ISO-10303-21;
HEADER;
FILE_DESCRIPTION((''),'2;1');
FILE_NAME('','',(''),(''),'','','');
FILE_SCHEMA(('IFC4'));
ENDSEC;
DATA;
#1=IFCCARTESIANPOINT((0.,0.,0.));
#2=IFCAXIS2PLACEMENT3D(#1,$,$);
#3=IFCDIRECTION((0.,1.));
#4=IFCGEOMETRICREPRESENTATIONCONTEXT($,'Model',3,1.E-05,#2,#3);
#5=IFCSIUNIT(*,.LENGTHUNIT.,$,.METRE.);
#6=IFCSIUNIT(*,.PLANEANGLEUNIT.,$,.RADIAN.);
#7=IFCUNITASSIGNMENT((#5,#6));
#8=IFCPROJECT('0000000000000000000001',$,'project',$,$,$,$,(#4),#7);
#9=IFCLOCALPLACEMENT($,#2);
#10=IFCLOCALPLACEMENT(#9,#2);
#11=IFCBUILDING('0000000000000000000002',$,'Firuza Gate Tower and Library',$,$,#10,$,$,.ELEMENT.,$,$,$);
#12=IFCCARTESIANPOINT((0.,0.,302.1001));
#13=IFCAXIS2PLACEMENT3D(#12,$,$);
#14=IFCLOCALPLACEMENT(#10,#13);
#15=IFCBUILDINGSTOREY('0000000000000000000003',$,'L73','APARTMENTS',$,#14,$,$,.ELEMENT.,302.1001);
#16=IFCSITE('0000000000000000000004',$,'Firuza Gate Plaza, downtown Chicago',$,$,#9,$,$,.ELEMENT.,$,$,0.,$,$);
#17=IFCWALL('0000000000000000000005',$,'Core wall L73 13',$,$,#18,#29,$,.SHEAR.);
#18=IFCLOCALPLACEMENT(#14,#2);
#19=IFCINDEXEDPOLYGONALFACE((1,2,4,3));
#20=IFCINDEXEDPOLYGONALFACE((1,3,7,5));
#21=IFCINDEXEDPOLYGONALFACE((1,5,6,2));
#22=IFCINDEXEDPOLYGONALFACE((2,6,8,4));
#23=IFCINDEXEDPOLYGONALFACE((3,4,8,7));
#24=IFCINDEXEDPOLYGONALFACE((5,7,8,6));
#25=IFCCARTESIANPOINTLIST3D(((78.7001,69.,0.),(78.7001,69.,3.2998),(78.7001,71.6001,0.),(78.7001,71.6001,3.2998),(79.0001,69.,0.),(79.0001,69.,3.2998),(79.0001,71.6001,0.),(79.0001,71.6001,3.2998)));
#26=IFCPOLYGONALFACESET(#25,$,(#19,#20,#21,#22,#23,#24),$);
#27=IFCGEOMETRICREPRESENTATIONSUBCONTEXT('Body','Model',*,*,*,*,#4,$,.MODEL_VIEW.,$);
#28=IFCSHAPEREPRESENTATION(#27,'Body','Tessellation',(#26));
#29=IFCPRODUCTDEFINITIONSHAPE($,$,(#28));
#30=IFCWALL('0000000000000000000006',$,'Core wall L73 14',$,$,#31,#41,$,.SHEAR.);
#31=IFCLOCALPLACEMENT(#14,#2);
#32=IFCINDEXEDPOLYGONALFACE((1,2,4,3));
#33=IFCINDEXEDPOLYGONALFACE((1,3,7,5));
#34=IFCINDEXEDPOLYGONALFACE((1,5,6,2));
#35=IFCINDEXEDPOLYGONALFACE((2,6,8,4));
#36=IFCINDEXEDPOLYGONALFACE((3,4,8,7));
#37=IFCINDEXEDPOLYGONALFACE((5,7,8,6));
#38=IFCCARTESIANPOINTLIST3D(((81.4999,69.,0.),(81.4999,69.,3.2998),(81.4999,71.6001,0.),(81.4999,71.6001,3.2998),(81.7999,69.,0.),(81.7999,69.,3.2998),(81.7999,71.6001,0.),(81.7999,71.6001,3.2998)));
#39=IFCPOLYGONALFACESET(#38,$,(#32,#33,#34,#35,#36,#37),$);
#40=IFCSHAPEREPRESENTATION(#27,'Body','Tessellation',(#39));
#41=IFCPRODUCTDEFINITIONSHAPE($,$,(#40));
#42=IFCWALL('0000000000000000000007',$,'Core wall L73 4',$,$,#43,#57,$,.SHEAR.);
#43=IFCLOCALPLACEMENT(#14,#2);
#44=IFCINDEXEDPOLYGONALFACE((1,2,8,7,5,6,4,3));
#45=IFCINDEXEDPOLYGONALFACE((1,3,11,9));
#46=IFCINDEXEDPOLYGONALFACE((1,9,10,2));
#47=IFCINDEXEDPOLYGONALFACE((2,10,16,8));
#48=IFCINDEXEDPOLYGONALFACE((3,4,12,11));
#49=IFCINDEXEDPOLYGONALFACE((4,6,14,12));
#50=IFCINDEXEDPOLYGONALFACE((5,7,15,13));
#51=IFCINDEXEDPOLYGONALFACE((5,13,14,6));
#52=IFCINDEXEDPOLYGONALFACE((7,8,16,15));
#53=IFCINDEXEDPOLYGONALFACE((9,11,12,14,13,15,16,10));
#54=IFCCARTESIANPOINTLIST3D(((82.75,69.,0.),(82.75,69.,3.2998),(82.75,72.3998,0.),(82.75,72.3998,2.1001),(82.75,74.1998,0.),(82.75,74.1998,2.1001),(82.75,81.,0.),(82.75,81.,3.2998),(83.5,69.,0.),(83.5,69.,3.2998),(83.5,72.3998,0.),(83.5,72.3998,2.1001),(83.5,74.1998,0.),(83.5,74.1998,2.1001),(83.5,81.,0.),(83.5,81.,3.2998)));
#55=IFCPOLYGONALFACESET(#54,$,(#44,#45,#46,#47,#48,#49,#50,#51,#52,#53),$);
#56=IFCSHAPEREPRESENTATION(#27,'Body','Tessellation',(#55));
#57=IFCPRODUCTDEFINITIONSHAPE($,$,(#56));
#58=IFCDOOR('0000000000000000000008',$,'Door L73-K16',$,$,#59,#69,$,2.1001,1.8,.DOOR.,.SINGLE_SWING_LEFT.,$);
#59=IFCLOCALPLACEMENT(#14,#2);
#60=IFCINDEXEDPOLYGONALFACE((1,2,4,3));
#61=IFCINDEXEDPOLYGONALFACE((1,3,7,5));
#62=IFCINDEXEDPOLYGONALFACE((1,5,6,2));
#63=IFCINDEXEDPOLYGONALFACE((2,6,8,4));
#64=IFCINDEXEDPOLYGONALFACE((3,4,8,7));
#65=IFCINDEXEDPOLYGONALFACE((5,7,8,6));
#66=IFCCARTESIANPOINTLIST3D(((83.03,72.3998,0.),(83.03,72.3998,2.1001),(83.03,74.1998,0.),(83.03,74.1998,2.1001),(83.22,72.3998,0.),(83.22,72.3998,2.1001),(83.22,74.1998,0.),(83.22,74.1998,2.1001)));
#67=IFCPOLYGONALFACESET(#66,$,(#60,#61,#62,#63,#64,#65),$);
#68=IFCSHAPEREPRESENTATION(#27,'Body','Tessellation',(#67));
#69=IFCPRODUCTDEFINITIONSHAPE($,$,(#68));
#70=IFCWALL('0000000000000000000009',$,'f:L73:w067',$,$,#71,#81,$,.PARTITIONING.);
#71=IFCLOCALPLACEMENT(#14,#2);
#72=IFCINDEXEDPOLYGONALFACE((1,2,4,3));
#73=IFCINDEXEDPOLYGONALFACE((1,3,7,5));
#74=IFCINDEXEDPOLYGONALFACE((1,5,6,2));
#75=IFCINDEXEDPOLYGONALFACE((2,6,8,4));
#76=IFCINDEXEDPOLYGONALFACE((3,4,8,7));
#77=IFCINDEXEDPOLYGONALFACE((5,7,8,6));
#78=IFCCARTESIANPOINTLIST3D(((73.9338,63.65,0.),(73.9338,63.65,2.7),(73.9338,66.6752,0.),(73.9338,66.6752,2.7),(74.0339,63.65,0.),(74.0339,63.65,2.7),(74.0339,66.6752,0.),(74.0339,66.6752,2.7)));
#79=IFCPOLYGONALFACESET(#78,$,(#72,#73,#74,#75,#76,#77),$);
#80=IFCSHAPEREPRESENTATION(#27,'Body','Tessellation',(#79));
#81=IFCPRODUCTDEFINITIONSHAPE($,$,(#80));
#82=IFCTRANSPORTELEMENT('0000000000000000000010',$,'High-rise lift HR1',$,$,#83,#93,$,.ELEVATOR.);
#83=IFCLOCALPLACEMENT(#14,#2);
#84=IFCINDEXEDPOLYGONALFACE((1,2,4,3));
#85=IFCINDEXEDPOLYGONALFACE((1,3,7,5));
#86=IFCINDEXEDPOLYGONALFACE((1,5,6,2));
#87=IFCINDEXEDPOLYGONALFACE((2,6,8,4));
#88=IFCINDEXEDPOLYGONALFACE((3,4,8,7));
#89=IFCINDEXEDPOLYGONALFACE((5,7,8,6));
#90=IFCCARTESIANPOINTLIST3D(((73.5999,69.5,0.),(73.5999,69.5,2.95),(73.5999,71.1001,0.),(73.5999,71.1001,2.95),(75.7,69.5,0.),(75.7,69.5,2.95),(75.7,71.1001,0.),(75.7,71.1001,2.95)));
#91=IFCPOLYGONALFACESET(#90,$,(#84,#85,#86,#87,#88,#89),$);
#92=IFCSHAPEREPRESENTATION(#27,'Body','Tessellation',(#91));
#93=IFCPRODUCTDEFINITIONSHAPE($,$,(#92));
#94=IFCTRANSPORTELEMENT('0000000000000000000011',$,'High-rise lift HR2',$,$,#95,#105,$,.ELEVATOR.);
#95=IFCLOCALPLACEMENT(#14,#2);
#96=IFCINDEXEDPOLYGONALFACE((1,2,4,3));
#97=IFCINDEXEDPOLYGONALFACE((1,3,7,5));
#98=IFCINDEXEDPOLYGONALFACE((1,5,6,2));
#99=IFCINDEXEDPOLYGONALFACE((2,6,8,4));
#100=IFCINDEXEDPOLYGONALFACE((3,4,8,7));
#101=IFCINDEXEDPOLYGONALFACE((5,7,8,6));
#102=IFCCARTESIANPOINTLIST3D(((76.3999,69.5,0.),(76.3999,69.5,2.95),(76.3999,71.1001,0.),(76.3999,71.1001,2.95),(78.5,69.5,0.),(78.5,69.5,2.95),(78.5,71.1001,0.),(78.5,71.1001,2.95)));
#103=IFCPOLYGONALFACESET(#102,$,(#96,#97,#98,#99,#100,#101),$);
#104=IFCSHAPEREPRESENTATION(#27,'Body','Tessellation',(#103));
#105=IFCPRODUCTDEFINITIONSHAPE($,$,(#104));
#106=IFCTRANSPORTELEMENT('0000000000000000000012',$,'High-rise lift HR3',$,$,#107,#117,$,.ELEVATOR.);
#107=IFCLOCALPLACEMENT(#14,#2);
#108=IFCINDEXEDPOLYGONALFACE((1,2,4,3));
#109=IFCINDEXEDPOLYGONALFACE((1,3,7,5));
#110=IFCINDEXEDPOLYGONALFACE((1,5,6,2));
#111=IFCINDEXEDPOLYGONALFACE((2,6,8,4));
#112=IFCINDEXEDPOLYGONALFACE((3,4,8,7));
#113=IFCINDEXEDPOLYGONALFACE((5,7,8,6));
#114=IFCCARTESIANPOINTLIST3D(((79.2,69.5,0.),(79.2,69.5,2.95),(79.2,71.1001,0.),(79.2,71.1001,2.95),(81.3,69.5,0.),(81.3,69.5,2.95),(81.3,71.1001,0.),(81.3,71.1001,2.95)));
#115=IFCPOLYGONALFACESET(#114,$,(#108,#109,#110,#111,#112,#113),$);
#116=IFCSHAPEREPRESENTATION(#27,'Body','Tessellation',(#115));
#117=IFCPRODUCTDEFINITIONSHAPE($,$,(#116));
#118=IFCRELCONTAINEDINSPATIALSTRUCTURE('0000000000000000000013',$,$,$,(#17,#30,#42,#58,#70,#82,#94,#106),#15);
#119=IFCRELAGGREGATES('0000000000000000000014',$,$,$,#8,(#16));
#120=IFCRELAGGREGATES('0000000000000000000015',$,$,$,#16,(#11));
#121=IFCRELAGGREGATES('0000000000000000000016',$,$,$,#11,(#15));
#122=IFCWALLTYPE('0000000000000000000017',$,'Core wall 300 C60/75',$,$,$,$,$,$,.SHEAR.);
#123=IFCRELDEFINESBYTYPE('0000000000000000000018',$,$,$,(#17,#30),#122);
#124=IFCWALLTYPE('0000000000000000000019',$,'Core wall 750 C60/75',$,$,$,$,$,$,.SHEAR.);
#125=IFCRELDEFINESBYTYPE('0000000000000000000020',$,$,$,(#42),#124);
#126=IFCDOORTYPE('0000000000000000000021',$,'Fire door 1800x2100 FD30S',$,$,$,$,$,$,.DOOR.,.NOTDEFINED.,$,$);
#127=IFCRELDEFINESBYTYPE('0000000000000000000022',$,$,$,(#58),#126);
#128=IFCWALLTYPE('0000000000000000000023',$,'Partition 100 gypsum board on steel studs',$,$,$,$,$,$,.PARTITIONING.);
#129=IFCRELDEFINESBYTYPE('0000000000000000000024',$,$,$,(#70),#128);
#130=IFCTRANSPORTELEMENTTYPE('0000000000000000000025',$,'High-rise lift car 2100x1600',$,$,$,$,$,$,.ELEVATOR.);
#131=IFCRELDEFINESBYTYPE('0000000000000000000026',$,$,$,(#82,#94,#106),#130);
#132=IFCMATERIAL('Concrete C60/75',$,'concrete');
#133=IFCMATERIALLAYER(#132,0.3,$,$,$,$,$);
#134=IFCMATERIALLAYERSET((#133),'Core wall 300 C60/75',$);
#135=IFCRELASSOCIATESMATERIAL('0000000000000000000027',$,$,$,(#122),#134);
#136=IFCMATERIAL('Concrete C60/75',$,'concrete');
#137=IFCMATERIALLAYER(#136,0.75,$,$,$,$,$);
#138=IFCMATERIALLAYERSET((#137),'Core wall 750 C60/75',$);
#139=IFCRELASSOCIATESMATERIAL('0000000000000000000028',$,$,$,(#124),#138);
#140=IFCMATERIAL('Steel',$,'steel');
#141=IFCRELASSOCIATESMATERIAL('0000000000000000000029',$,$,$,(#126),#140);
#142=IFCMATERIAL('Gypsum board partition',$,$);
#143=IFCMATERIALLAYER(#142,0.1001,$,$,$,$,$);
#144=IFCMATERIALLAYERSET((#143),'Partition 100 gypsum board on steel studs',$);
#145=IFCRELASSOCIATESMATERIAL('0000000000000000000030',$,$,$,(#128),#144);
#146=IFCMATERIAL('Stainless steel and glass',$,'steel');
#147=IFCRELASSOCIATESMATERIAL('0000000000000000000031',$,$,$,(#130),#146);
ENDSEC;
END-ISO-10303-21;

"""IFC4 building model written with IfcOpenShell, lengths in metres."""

from ifc_helpers import new_model, si_unit, direction, frame, frame_2d, origin, origin_2d, place, context, subcontext, project, spatial, rectangle, extrude, material, layer, layer_set, type_object, element, fill, save


model = new_model("IFC4")

# Units and contexts
model_context = context("Model", 3, precision=1e-05, world=origin(), true_north=direction((0.0, 1.0)))
body_context = subcontext(model_context, "Body", "Model", "MODEL_VIEW")
ifc_project = project(units=[si_unit("LENGTHUNIT", "METRE"), si_unit("PLANEANGLEUNIT", "RADIAN")], contexts=[model_context])

# Site, building, storey
site_placement = place(None, origin())
site = spatial("IfcSite", under=ifc_project, at=site_placement, Name="Firuza Gate Plaza, downtown Chicago", CompositionType="ELEMENT", RefElevation=0.0)
building_placement = place(site_placement, origin())
building = spatial("IfcBuilding", under=site, at=building_placement, Name="Firuza Gate Tower and Library", CompositionType="ELEMENT")
storey_placement = place(building_placement, frame((0.0, 0.0, 302.1001)))
storey = spatial("IfcBuildingStorey", under=building, at=storey_placement, Name="L73", Description="APARTMENTS", CompositionType="ELEMENT", Elevation=302.1001)

# Walls
ifc_material_1 = material(Name="Concrete C60/75", Category="concrete")
ifc_layer_1 = layer(ifc_material_1, 0.3)
ifc_layer_set_1 = layer_set([ifc_layer_1], Name="Core wall 300 C60/75")
wall_type_1 = type_object("IfcWallType", Name="Core wall 300 C60/75", PredefinedType="SHEAR", material=ifc_layer_set_1)
for number, where, z_axis, x_axis, name in (
    (1, (78.8501, 69.0, 0.0), (0.0, 0.0, 1.0), (0.0, 1.0, 0.0), "Core wall L73 13"),
    (2, (81.6499, 69.0, 0.0), (0.0, 0.0, 1.0), (0.0, 1.0, 0.0), "Core wall L73 14"),
):
    element("IfcWall", number, at=place(storey_placement, frame(where, z_axis=z_axis, x_axis=x_axis)), inside=storey, type_object=wall_type_1, Name=name, PredefinedType="SHEAR", context=body_context, shape_type="SweptSolid", body=[
        extrude(rectangle(XDim=2.6001, YDim=0.3, at=frame_2d((1.3, 0.0))), origin(), (0.0, 0.0, 1.0), 3.2998),
    ])

# Wall, opening, door
ifc_material_2 = material(Name="Concrete C60/75", Category="concrete")
ifc_layer_2 = layer(ifc_material_2, 0.75)
ifc_layer_set_2 = layer_set([ifc_layer_2], Name="Core wall 750 C60/75")
wall_type_2 = type_object("IfcWallType", Name="Core wall 750 C60/75", PredefinedType="SHEAR", material=ifc_layer_set_2)
wall_1_placement = place(storey_placement, frame((83.125, 69.0, 0.0), z_axis=(0.0, 0.0, 1.0), x_axis=(0.0, 1.0, 0.0)))
wall_1 = element("IfcWall", 3, at=wall_1_placement, inside=storey, type_object=wall_type_2, Name="Core wall L73 4", PredefinedType="SHEAR", context=body_context, shape_type="SweptSolid", body=[
    extrude(rectangle(XDim=12.0, YDim=0.75, at=frame_2d((6.0, 0.0))), origin(), (0.0, 0.0, 1.0), 3.2998),
])
opening_placement = place(wall_1_placement, frame((3.3999, 0.0, 0.0)))
opening = element("IfcOpeningElement", 4, at=opening_placement, cuts=wall_1, PredefinedType="OPENING", context=body_context, shape_type="SweptSolid", body=[
    extrude(rectangle(XDim=1.8, YDim=2.1001, at=frame_2d((0.8999, 1.05))), frame((0.0, 0.385, 0.0), z_axis=(0.0, -1.0, 0.0), x_axis=(1.0, 0.0, 0.0)), (0.0, 0.0, 1.0), 0.77),
])
ifc_material_3 = material(Name="Steel", Category="steel")
door_type = type_object("IfcDoorType", Name="Fire door 1800x2100 FD30S", OperationType="NOTDEFINED", PredefinedType="DOOR", material=ifc_material_3)
door_placement = place(opening_placement, origin())
door = element("IfcDoor", 5, at=door_placement, inside=storey, type_object=door_type, Name="Door L73-K16", OperationType="SINGLE_SWING_LEFT", OverallHeight=2.1001, OverallWidth=1.8, PredefinedType="DOOR", context=body_context, shape_type="SweptSolid", body=[
    extrude(rectangle(XDim=1.8, YDim=2.1001, at=frame_2d((0.8999, 1.05))), frame((0.0, 0.095, 0.0), z_axis=(0.0, -1.0, 0.0), x_axis=(1.0, 0.0, 0.0)), (0.0, 0.0, 1.0), 0.1899),
])
fill(opening, door)

# Wall
ifc_material_4 = material(Name="Gypsum board partition")
ifc_layer_3 = layer(ifc_material_4, 0.1001)
ifc_layer_set_3 = layer_set([ifc_layer_3], Name="Partition 100 gypsum board on steel studs")
wall_type_3 = type_object("IfcWallType", Name="Partition 100 gypsum board on steel studs", PredefinedType="PARTITIONING", material=ifc_layer_set_3)
wall_2_placement = place(storey_placement, frame((73.9839, 63.6499, 0.0), z_axis=(0.0, 0.0, 1.0), x_axis=(0.0, 1.0, 0.0)))
element("IfcWall", 6, at=wall_2_placement, inside=storey, type_object=wall_type_3, Name="f:L73:w067", PredefinedType="PARTITIONING", context=body_context, shape_type="SweptSolid", body=[
    extrude(rectangle(XDim=3.0251, YDim=0.1001, at=frame_2d((1.5127, 0.0))), origin(), (0.0, 0.0, 1.0), 2.7),
])

# Transport elements
ifc_material_5 = material(Name="Stainless steel and glass", Category="steel")
transport_element_type = type_object("IfcTransportElementType", Name="High-rise lift car 2100x1600", PredefinedType="ELEVATOR", material=ifc_material_5)
for number, where, z_axis, x_axis, name in (
    (7, (74.6499, 70.3, 0.0), (0.0, 0.0, 1.0), (1.0, 0.0, 0.0), "High-rise lift HR1"),
    (8, (77.45, 70.3, 0.0), (0.0, 0.0, 1.0), (1.0, 0.0, 0.0), "High-rise lift HR2"),
    (9, (80.25, 70.3, 0.0), (0.0, 0.0, 1.0), (1.0, 0.0, 0.0), "High-rise lift HR3"),
):
    element("IfcTransportElement", number, at=place(storey_placement, frame(where, z_axis=z_axis, x_axis=x_axis)), inside=storey, type_object=transport_element_type, Name=name, PredefinedType="ELEVATOR", context=body_context, shape_type="SweptSolid", body=[
        extrude(rectangle(XDim=2.1001, YDim=1.6001, at=origin_2d()), origin(), (0.0, 0.0, 1.0), 2.95),
    ])

save(model, "model.ifc")
